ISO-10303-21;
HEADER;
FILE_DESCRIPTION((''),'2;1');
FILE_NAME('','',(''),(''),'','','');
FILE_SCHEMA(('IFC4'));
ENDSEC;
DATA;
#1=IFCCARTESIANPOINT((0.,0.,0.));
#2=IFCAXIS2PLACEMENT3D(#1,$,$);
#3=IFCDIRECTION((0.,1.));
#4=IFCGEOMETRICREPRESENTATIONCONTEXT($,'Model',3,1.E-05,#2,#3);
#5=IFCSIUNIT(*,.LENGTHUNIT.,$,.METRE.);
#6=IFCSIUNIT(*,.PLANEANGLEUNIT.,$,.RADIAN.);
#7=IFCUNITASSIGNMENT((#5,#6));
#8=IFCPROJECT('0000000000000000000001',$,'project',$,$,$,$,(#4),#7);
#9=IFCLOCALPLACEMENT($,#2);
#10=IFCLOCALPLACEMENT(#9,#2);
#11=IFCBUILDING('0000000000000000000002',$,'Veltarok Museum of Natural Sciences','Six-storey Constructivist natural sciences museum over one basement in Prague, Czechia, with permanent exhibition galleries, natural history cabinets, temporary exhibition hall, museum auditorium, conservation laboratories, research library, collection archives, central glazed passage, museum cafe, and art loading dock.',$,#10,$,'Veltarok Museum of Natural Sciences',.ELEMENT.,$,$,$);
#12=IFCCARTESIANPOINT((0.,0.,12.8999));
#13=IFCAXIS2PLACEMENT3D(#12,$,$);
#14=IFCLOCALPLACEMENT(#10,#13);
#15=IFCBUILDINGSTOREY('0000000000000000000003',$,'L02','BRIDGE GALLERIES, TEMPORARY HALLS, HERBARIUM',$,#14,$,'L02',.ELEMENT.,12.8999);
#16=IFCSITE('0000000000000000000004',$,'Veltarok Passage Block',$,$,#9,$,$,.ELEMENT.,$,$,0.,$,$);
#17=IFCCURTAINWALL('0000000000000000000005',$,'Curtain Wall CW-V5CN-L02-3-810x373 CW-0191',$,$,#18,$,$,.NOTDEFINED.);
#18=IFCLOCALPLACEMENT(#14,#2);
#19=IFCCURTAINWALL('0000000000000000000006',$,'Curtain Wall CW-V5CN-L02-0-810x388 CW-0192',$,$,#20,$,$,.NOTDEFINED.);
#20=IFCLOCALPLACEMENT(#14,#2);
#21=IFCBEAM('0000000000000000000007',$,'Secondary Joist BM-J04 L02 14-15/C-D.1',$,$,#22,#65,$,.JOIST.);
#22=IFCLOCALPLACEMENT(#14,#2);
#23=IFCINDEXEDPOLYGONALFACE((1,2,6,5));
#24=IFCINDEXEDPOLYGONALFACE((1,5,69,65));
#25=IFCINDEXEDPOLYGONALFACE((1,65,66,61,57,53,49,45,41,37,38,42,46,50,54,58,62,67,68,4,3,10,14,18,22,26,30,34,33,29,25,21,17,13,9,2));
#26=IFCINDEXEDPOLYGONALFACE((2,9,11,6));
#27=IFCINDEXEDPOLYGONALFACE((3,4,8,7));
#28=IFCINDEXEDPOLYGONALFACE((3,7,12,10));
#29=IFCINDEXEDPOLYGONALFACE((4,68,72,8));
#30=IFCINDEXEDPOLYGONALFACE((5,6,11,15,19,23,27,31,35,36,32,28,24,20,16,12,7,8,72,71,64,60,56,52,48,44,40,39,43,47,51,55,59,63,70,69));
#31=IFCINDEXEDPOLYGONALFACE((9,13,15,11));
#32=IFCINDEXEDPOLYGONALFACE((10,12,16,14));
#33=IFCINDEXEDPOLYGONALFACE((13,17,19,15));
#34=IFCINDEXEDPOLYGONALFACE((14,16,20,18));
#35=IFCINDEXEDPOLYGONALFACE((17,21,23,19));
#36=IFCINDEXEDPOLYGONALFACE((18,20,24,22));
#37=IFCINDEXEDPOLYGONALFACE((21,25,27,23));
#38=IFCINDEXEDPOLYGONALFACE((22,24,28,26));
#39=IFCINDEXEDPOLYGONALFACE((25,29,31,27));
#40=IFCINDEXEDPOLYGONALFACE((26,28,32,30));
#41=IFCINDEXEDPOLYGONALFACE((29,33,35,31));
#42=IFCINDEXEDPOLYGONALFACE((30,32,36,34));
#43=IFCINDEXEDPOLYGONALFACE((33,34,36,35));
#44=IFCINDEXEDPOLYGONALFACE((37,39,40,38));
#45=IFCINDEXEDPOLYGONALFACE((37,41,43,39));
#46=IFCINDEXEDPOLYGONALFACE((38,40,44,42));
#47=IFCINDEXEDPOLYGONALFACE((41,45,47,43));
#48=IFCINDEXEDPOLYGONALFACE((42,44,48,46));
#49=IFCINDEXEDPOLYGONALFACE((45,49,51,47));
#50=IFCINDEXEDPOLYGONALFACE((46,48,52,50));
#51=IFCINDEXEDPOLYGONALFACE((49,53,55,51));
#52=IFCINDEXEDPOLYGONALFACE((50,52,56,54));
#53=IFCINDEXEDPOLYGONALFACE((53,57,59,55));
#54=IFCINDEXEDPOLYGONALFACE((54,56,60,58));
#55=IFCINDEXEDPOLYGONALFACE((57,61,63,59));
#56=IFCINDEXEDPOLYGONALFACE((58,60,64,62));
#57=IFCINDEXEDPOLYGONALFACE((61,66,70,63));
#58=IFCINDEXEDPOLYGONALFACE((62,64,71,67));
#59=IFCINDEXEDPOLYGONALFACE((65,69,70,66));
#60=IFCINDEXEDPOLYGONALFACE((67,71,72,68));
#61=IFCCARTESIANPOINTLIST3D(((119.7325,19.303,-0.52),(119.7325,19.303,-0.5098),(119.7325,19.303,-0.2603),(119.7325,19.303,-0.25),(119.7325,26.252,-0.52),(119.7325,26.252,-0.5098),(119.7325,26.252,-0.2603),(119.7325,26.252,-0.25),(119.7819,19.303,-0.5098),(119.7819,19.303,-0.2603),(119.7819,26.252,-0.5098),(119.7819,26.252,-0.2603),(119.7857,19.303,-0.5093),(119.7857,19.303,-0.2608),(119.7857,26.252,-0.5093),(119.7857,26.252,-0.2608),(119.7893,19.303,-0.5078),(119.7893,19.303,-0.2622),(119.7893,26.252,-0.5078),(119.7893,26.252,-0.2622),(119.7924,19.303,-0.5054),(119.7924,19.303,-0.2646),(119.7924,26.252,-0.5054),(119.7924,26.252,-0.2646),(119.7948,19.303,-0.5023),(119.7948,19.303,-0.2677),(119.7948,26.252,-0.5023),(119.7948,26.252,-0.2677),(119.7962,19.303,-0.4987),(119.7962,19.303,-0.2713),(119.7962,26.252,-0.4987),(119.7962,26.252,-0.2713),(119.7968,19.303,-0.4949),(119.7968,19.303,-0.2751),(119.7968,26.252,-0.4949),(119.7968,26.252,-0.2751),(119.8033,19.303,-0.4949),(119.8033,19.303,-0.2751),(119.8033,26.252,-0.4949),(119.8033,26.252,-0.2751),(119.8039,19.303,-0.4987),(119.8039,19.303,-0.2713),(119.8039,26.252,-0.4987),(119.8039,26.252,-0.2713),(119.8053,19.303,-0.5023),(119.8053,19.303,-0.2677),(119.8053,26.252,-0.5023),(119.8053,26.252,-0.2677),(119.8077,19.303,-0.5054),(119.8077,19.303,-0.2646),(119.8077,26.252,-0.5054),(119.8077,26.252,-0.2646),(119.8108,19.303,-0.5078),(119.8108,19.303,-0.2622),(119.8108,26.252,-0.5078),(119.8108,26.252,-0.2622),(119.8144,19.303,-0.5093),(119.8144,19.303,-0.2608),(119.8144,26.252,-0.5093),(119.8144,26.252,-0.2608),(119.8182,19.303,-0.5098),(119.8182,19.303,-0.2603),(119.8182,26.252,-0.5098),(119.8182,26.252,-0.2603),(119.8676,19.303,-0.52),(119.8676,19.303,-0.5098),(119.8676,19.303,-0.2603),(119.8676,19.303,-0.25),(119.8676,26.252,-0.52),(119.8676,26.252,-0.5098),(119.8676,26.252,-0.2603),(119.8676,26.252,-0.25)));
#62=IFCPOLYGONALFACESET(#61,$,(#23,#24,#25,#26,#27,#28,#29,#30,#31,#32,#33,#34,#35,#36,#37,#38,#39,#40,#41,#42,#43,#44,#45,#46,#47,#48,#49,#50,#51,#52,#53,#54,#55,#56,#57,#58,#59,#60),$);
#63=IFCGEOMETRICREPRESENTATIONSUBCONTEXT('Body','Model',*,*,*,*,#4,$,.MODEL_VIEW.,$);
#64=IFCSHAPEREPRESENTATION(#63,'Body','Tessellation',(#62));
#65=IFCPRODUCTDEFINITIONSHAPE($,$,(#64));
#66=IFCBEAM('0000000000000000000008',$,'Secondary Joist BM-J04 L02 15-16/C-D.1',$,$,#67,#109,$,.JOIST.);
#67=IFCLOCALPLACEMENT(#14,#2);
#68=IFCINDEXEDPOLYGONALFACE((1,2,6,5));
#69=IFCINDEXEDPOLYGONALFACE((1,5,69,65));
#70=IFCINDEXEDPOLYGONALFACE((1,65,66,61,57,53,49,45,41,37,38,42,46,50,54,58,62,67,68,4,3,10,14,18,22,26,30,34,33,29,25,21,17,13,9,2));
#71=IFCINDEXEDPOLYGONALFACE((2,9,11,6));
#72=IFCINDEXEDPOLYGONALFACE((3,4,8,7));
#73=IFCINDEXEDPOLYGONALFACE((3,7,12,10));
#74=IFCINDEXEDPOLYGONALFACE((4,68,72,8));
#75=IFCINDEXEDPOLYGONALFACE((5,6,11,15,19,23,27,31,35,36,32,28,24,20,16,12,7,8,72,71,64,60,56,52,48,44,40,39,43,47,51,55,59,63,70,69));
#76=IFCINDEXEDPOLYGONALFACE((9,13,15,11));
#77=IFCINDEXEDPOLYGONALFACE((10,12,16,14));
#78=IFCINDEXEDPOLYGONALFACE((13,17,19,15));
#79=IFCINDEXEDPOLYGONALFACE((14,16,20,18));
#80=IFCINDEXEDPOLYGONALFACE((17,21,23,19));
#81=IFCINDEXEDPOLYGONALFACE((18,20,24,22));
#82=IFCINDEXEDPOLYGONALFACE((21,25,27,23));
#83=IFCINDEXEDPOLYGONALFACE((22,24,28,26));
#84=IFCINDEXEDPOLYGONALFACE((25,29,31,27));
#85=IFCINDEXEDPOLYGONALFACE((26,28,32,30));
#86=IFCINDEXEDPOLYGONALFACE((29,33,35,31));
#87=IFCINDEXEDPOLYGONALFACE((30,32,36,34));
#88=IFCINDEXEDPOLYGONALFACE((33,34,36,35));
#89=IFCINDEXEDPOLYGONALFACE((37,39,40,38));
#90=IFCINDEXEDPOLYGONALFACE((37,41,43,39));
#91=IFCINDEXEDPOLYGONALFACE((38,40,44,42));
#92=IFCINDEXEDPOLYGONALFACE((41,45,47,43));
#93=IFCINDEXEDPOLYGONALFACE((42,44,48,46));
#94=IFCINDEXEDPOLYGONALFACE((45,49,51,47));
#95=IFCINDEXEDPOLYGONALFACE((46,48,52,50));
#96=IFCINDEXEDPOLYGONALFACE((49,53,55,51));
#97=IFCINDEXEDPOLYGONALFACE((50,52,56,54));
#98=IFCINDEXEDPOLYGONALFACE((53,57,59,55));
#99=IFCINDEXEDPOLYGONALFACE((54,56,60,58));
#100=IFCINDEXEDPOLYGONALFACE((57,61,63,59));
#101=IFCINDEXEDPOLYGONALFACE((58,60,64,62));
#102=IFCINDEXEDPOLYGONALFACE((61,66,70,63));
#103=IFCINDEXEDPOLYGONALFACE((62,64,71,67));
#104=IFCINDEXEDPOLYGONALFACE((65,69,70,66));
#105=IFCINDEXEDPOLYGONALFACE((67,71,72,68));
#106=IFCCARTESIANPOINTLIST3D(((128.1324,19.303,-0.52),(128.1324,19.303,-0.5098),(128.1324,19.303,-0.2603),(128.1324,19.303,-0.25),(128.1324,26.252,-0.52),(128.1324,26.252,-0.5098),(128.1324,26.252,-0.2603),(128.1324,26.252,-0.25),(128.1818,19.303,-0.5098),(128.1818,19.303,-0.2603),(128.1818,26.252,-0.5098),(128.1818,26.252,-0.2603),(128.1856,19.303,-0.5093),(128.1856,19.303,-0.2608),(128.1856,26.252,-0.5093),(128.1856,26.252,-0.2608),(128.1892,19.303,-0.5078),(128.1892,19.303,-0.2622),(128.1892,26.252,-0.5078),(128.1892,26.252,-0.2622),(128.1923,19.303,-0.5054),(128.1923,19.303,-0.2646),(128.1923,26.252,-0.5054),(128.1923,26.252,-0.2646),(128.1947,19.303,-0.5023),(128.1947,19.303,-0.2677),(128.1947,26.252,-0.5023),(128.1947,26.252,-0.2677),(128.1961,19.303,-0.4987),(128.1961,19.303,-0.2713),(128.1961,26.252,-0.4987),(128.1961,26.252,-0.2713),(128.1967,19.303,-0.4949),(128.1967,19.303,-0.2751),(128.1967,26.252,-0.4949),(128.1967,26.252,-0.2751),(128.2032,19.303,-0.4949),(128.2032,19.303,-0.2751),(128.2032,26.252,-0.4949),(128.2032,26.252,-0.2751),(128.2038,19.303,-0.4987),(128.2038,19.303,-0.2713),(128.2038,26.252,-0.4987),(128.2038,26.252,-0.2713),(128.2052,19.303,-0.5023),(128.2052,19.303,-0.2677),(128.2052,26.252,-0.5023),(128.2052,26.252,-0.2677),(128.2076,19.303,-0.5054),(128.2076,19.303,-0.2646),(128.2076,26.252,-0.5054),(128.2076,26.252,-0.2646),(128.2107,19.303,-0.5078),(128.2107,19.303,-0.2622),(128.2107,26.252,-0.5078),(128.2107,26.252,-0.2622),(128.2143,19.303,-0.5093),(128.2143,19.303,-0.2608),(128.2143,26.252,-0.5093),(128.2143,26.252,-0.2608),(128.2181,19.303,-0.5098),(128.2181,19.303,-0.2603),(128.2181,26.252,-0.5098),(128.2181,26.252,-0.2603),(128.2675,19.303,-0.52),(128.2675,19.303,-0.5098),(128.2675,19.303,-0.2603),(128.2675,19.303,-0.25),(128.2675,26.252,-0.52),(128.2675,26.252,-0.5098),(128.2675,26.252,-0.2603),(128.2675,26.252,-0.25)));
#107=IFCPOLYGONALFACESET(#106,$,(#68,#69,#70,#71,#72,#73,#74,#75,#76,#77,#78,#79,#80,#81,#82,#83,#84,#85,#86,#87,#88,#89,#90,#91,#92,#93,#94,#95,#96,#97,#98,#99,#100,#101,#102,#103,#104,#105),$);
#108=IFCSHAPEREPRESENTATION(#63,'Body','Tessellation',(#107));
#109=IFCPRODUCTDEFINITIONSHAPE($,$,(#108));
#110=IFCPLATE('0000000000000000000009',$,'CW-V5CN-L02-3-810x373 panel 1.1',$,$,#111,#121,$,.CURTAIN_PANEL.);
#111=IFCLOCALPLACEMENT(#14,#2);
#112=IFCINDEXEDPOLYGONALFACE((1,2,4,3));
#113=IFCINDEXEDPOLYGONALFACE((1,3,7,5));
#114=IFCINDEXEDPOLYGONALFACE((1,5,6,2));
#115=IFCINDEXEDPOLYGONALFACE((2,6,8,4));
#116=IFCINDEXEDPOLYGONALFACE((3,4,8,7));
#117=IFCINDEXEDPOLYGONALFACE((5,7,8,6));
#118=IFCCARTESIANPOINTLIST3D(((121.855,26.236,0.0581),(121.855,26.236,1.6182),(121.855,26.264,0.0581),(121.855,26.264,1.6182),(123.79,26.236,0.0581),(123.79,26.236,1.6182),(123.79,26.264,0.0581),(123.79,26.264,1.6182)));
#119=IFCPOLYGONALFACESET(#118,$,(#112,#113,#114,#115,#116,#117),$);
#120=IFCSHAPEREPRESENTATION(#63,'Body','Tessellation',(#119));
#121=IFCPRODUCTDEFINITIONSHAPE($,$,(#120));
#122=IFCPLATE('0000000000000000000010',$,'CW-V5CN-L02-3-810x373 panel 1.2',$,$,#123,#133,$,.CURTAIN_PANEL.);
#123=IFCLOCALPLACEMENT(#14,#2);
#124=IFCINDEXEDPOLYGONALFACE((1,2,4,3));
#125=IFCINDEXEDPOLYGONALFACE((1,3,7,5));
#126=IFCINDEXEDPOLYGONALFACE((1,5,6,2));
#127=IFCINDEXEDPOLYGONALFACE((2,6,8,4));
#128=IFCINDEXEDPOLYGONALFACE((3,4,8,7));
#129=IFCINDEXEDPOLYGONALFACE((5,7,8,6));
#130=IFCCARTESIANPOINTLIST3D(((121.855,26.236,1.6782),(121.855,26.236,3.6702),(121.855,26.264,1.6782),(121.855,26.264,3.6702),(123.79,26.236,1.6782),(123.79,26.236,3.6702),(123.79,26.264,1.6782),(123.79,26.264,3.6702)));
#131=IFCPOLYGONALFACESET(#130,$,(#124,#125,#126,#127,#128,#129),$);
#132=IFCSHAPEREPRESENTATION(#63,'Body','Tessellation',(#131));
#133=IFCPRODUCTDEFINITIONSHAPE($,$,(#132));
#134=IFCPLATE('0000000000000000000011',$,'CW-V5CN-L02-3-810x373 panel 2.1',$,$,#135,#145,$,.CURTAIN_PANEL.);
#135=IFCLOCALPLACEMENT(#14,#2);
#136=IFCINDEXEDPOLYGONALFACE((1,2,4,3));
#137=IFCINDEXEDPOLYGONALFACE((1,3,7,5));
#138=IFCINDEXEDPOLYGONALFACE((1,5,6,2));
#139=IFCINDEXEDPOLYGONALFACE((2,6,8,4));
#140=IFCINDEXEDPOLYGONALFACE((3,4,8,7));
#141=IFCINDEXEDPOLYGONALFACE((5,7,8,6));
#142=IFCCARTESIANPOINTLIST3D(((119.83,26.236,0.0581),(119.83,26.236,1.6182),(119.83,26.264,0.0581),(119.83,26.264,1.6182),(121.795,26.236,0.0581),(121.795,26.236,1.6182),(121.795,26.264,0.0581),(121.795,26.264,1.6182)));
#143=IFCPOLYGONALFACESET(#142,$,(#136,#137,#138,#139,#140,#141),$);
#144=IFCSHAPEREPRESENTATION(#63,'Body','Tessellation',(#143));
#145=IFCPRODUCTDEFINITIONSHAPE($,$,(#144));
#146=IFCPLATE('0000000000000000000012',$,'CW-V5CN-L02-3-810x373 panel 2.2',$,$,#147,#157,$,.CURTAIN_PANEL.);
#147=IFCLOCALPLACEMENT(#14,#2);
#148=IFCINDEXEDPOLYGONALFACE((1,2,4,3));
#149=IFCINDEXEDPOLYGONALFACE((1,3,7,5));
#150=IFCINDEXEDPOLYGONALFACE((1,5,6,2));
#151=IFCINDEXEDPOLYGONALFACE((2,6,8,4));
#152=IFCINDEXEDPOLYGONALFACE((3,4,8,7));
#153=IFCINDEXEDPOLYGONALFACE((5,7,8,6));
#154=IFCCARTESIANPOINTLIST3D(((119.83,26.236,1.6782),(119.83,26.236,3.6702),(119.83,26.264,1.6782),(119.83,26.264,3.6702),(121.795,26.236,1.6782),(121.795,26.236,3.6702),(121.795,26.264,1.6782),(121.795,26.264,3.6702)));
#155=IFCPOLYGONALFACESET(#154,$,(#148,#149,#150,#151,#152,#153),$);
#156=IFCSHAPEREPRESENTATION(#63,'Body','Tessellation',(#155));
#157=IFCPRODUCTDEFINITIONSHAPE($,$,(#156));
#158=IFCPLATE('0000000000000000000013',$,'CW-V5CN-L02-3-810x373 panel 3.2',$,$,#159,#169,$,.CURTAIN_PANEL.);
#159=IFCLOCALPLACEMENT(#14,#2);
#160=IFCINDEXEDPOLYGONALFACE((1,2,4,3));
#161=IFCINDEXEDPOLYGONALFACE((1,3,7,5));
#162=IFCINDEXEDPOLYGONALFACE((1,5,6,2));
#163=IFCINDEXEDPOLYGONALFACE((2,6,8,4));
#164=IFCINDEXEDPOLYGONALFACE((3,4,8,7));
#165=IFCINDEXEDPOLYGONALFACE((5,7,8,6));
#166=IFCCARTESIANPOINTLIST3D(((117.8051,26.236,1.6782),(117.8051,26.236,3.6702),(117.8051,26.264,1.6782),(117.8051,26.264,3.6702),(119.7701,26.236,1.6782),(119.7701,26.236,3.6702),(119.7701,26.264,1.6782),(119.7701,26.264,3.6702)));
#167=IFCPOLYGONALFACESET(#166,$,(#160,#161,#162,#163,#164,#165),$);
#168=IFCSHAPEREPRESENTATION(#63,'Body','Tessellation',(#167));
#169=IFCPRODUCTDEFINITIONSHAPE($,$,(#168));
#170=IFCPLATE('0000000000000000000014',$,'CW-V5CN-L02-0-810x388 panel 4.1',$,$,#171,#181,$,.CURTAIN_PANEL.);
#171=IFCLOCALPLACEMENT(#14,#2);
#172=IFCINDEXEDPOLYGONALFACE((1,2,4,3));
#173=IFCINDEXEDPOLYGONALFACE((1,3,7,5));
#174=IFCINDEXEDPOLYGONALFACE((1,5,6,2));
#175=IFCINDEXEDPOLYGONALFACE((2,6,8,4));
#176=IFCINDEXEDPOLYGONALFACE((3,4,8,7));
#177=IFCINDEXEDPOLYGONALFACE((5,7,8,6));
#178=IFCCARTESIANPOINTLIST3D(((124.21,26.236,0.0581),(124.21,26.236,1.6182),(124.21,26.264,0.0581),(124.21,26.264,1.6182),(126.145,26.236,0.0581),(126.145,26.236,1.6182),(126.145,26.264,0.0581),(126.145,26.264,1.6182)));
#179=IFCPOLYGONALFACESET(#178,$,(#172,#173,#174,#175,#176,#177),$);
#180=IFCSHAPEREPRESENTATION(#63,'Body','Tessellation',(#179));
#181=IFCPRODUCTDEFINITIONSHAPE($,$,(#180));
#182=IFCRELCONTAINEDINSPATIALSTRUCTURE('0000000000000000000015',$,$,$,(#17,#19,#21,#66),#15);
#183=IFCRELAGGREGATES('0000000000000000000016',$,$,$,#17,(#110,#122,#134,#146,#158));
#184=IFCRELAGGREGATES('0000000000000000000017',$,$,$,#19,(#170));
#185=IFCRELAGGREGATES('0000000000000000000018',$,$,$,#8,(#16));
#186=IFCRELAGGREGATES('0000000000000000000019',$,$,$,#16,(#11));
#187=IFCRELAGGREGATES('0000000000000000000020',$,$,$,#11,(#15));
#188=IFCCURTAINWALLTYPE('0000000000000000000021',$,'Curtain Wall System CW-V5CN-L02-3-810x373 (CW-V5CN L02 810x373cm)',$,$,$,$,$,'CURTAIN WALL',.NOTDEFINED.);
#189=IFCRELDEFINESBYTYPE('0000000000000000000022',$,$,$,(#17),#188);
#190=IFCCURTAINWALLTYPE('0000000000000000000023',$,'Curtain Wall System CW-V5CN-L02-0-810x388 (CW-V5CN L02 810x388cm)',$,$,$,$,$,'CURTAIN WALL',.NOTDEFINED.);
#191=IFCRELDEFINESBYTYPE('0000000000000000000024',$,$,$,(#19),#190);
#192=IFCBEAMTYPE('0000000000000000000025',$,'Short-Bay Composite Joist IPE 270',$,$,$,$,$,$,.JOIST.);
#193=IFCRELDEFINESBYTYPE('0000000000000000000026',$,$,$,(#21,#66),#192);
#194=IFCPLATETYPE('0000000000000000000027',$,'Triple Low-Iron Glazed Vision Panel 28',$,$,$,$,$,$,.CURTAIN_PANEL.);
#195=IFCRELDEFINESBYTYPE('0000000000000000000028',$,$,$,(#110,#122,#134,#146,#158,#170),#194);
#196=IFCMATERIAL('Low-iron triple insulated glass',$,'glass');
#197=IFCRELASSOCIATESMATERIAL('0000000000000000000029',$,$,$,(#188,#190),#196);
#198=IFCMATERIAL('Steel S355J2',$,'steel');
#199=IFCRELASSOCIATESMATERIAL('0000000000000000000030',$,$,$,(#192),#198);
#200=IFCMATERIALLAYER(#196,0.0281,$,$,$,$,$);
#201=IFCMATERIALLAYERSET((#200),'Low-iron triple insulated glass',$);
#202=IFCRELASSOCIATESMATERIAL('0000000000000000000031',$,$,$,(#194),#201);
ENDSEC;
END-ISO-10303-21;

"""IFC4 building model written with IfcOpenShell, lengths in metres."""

from ifc_helpers import new_model, si_unit, direction, frame, origin, origin_2d, place, context, subcontext, project, spatial, rectangle, i_section, extrude, material, layer, layer_set, material_profile, profile_set, type_object, element, aggregate, save


model = new_model("IFC4")

# Units and contexts
model_context = context("Model", 3, precision=1e-05, world=origin(), true_north=direction((0.0, 1.0)))
body_context = subcontext(model_context, "Body", "Model", "MODEL_VIEW")
ifc_project = project(units=[si_unit("LENGTHUNIT", "METRE"), si_unit("PLANEANGLEUNIT", "RADIAN")], contexts=[model_context])

# Site, building, storey
site_placement = place(None, origin())
site = spatial("IfcSite", under=ifc_project, at=site_placement, Name="Veltarok Passage Block", CompositionType="ELEMENT", RefElevation=0.0)
building_placement = place(site_placement, origin())
building = spatial("IfcBuilding", under=site, at=building_placement, Name="Veltarok Museum of Natural Sciences", Description="Six-storey Constructivist natural sciences museum over one basement in Prague, Czechia, with permanent exhibition galleries, natural history cabinets, temporary exhibition hall, museum auditorium, conservation laboratories, research library, collection archives, central glazed passage, museum cafe, and art loading dock.", LongName="Veltarok Museum of Natural Sciences", CompositionType="ELEMENT")
storey_placement = place(building_placement, frame((0.0, 0.0, 12.8999)))
storey = spatial("IfcBuildingStorey", under=building, at=storey_placement, Name="L02", Description="BRIDGE GALLERIES, TEMPORARY HALLS, HERBARIUM", LongName="L02", CompositionType="ELEMENT", Elevation=12.8999)

# Shared definitions
ifc_material_1 = material(Name="Steel S355J2", Category="steel")

# Curtain wall
ifc_material_2 = material(Name="Low-iron triple insulated glass", Category="glass")
curtain_wall_type_1 = type_object("IfcCurtainWallType", Name="Curtain Wall System CW-V5CN-L02-3-810x373 (CW-V5CN L02 810x373cm)", ElementType="CURTAIN WALL", PredefinedType="NOTDEFINED", material=ifc_material_2)
curtain_wall_1_placement = place(storey_placement, origin())
curtain_wall_1 = element("IfcCurtainWall", 1, at=curtain_wall_1_placement, inside=storey, type_object=curtain_wall_type_1, Name="Curtain Wall CW-V5CN-L02-3-810x373 CW-0191", PredefinedType="NOTDEFINED")

# Curtain wall
curtain_wall_type_2 = type_object("IfcCurtainWallType", Name="Curtain Wall System CW-V5CN-L02-0-810x388 (CW-V5CN L02 810x388cm)", ElementType="CURTAIN WALL", PredefinedType="NOTDEFINED", material=ifc_material_2)
curtain_wall_2_placement = place(storey_placement, origin())
curtain_wall_2 = element("IfcCurtainWall", 2, at=curtain_wall_2_placement, inside=storey, type_object=curtain_wall_type_2, Name="Curtain Wall CW-V5CN-L02-0-810x388 CW-0192", PredefinedType="NOTDEFINED")

# Beams
ifc_material_profile_1 = material_profile(ifc_material_1, i_section(OverallWidth=0.135, OverallDepth=0.27, WebThickness=0.0066, FlangeThickness=0.0103, FilletRadius=0.0149, at=origin_2d()), Name="IPE 270")
ifc_profile_set_1 = profile_set([ifc_material_profile_1], Name="Steel S355J2")
beam_type_1 = type_object("IfcBeamType", Name="Short-Bay Composite Joist IPE 270", PredefinedType="JOIST", material=ifc_profile_set_1)
for number, where, z_axis, x_axis, name in (
    (3, (119.8, 19.303, -0.385), (0.0, 1.0, 0.0), (-1.0, 0.0, 0.0), "Secondary Joist BM-J04 L02 14-15/C-D.1"),
    (4, (128.2, 19.303, -0.385), (0.0, 1.0, 0.0), (-1.0, 0.0, 0.0), "Secondary Joist BM-J04 L02 15-16/C-D.1"),
):
    element("IfcBeam", number, at=place(storey_placement, frame(where, z_axis=z_axis, x_axis=x_axis)), inside=storey, type_object=beam_type_1, Name=name, PredefinedType="JOIST", context=body_context, shape_type="SweptSolid", body=[
        extrude(i_section(OverallWidth=0.135, OverallDepth=0.27, WebThickness=0.0066, FlangeThickness=0.0103, FilletRadius=0.0149, at=origin_2d()), origin(), (0.0, 0.0, 1.0), 6.949),
    ])

# Plates
ifc_layer_1 = layer(ifc_material_2, 0.0281)
ifc_layer_set_1 = layer_set([ifc_layer_1], Name="Low-iron triple insulated glass")
plate_type = type_object("IfcPlateType", Name="Triple Low-Iron Glazed Vision Panel 28", PredefinedType="CURTAIN_PANEL", material=ifc_layer_set_1)
plate_1_placement = place(storey_placement, frame((122.8225, 26.25, 0.0581), z_axis=(0.0, 0.0, 1.0), x_axis=(-1.0, 0.0, 0.0)))
plate_1 = element("IfcPlate", 5, at=plate_1_placement, type_object=plate_type, Name="CW-V5CN-L02-3-810x373 panel 1.1", PredefinedType="CURTAIN_PANEL", context=body_context, shape_type="SweptSolid", body=[
    extrude(rectangle(XDim=1.9351, YDim=0.0281, at=origin_2d()), origin(), (0.0, 0.0, 1.0), 1.5601),
])
plate_2_placement = place(storey_placement, frame((122.8225, 26.25, 1.6782), z_axis=(0.0, 0.0, 1.0), x_axis=(-1.0, 0.0, 0.0)))
plate_2 = element("IfcPlate", 6, at=plate_2_placement, type_object=plate_type, Name="CW-V5CN-L02-3-810x373 panel 1.2", PredefinedType="CURTAIN_PANEL", context=body_context, shape_type="SweptSolid", body=[
    extrude(rectangle(XDim=1.9351, YDim=0.0281, at=origin_2d()), origin(), (0.0, 0.0, 1.0), 1.9919),
])
plate_3_placement = place(storey_placement, frame((120.8125, 26.25, 0.0581), z_axis=(0.0, 0.0, 1.0), x_axis=(-1.0, 0.0, 0.0)))
plate_3 = element("IfcPlate", 7, at=plate_3_placement, type_object=plate_type, Name="CW-V5CN-L02-3-810x373 panel 2.1", PredefinedType="CURTAIN_PANEL", context=body_context, shape_type="SweptSolid", body=[
    extrude(rectangle(XDim=1.9651, YDim=0.0281, at=origin_2d()), origin(), (0.0, 0.0, 1.0), 1.5601),
])
plate_4_placement = place(storey_placement, frame((120.8125, 26.25, 1.6782), z_axis=(0.0, 0.0, 1.0), x_axis=(-1.0, 0.0, 0.0)))
plate_4 = element("IfcPlate", 8, at=plate_4_placement, type_object=plate_type, Name="CW-V5CN-L02-3-810x373 panel 2.2", PredefinedType="CURTAIN_PANEL", context=body_context, shape_type="SweptSolid", body=[
    extrude(rectangle(XDim=1.9651, YDim=0.0281, at=origin_2d()), origin(), (0.0, 0.0, 1.0), 1.9919),
])
plate_5_placement = place(storey_placement, frame((118.7876, 26.25, 1.6782), z_axis=(0.0, 0.0, 1.0), x_axis=(-1.0, 0.0, 0.0)))
plate_5 = element("IfcPlate", 9, at=plate_5_placement, type_object=plate_type, Name="CW-V5CN-L02-3-810x373 panel 3.2", PredefinedType="CURTAIN_PANEL", context=body_context, shape_type="SweptSolid", body=[
    extrude(rectangle(XDim=1.9651, YDim=0.0281, at=origin_2d()), origin(), (0.0, 0.0, 1.0), 1.9919),
])
aggregate(curtain_wall_1, [plate_1, plate_2, plate_3, plate_4, plate_5])
plate_6_placement = place(storey_placement, frame((125.1775, 26.25, 0.0581), z_axis=(0.0, 0.0, 1.0), x_axis=(-1.0, 0.0, 0.0)))
plate_6 = element("IfcPlate", 10, at=plate_6_placement, type_object=plate_type, Name="CW-V5CN-L02-0-810x388 panel 4.1", PredefinedType="CURTAIN_PANEL", context=body_context, shape_type="SweptSolid", body=[
    extrude(rectangle(XDim=1.9351, YDim=0.0281, at=origin_2d()), origin(), (0.0, 0.0, 1.0), 1.5601),
])
aggregate(curtain_wall_2, [plate_6])

save(model, "model.ifc")
